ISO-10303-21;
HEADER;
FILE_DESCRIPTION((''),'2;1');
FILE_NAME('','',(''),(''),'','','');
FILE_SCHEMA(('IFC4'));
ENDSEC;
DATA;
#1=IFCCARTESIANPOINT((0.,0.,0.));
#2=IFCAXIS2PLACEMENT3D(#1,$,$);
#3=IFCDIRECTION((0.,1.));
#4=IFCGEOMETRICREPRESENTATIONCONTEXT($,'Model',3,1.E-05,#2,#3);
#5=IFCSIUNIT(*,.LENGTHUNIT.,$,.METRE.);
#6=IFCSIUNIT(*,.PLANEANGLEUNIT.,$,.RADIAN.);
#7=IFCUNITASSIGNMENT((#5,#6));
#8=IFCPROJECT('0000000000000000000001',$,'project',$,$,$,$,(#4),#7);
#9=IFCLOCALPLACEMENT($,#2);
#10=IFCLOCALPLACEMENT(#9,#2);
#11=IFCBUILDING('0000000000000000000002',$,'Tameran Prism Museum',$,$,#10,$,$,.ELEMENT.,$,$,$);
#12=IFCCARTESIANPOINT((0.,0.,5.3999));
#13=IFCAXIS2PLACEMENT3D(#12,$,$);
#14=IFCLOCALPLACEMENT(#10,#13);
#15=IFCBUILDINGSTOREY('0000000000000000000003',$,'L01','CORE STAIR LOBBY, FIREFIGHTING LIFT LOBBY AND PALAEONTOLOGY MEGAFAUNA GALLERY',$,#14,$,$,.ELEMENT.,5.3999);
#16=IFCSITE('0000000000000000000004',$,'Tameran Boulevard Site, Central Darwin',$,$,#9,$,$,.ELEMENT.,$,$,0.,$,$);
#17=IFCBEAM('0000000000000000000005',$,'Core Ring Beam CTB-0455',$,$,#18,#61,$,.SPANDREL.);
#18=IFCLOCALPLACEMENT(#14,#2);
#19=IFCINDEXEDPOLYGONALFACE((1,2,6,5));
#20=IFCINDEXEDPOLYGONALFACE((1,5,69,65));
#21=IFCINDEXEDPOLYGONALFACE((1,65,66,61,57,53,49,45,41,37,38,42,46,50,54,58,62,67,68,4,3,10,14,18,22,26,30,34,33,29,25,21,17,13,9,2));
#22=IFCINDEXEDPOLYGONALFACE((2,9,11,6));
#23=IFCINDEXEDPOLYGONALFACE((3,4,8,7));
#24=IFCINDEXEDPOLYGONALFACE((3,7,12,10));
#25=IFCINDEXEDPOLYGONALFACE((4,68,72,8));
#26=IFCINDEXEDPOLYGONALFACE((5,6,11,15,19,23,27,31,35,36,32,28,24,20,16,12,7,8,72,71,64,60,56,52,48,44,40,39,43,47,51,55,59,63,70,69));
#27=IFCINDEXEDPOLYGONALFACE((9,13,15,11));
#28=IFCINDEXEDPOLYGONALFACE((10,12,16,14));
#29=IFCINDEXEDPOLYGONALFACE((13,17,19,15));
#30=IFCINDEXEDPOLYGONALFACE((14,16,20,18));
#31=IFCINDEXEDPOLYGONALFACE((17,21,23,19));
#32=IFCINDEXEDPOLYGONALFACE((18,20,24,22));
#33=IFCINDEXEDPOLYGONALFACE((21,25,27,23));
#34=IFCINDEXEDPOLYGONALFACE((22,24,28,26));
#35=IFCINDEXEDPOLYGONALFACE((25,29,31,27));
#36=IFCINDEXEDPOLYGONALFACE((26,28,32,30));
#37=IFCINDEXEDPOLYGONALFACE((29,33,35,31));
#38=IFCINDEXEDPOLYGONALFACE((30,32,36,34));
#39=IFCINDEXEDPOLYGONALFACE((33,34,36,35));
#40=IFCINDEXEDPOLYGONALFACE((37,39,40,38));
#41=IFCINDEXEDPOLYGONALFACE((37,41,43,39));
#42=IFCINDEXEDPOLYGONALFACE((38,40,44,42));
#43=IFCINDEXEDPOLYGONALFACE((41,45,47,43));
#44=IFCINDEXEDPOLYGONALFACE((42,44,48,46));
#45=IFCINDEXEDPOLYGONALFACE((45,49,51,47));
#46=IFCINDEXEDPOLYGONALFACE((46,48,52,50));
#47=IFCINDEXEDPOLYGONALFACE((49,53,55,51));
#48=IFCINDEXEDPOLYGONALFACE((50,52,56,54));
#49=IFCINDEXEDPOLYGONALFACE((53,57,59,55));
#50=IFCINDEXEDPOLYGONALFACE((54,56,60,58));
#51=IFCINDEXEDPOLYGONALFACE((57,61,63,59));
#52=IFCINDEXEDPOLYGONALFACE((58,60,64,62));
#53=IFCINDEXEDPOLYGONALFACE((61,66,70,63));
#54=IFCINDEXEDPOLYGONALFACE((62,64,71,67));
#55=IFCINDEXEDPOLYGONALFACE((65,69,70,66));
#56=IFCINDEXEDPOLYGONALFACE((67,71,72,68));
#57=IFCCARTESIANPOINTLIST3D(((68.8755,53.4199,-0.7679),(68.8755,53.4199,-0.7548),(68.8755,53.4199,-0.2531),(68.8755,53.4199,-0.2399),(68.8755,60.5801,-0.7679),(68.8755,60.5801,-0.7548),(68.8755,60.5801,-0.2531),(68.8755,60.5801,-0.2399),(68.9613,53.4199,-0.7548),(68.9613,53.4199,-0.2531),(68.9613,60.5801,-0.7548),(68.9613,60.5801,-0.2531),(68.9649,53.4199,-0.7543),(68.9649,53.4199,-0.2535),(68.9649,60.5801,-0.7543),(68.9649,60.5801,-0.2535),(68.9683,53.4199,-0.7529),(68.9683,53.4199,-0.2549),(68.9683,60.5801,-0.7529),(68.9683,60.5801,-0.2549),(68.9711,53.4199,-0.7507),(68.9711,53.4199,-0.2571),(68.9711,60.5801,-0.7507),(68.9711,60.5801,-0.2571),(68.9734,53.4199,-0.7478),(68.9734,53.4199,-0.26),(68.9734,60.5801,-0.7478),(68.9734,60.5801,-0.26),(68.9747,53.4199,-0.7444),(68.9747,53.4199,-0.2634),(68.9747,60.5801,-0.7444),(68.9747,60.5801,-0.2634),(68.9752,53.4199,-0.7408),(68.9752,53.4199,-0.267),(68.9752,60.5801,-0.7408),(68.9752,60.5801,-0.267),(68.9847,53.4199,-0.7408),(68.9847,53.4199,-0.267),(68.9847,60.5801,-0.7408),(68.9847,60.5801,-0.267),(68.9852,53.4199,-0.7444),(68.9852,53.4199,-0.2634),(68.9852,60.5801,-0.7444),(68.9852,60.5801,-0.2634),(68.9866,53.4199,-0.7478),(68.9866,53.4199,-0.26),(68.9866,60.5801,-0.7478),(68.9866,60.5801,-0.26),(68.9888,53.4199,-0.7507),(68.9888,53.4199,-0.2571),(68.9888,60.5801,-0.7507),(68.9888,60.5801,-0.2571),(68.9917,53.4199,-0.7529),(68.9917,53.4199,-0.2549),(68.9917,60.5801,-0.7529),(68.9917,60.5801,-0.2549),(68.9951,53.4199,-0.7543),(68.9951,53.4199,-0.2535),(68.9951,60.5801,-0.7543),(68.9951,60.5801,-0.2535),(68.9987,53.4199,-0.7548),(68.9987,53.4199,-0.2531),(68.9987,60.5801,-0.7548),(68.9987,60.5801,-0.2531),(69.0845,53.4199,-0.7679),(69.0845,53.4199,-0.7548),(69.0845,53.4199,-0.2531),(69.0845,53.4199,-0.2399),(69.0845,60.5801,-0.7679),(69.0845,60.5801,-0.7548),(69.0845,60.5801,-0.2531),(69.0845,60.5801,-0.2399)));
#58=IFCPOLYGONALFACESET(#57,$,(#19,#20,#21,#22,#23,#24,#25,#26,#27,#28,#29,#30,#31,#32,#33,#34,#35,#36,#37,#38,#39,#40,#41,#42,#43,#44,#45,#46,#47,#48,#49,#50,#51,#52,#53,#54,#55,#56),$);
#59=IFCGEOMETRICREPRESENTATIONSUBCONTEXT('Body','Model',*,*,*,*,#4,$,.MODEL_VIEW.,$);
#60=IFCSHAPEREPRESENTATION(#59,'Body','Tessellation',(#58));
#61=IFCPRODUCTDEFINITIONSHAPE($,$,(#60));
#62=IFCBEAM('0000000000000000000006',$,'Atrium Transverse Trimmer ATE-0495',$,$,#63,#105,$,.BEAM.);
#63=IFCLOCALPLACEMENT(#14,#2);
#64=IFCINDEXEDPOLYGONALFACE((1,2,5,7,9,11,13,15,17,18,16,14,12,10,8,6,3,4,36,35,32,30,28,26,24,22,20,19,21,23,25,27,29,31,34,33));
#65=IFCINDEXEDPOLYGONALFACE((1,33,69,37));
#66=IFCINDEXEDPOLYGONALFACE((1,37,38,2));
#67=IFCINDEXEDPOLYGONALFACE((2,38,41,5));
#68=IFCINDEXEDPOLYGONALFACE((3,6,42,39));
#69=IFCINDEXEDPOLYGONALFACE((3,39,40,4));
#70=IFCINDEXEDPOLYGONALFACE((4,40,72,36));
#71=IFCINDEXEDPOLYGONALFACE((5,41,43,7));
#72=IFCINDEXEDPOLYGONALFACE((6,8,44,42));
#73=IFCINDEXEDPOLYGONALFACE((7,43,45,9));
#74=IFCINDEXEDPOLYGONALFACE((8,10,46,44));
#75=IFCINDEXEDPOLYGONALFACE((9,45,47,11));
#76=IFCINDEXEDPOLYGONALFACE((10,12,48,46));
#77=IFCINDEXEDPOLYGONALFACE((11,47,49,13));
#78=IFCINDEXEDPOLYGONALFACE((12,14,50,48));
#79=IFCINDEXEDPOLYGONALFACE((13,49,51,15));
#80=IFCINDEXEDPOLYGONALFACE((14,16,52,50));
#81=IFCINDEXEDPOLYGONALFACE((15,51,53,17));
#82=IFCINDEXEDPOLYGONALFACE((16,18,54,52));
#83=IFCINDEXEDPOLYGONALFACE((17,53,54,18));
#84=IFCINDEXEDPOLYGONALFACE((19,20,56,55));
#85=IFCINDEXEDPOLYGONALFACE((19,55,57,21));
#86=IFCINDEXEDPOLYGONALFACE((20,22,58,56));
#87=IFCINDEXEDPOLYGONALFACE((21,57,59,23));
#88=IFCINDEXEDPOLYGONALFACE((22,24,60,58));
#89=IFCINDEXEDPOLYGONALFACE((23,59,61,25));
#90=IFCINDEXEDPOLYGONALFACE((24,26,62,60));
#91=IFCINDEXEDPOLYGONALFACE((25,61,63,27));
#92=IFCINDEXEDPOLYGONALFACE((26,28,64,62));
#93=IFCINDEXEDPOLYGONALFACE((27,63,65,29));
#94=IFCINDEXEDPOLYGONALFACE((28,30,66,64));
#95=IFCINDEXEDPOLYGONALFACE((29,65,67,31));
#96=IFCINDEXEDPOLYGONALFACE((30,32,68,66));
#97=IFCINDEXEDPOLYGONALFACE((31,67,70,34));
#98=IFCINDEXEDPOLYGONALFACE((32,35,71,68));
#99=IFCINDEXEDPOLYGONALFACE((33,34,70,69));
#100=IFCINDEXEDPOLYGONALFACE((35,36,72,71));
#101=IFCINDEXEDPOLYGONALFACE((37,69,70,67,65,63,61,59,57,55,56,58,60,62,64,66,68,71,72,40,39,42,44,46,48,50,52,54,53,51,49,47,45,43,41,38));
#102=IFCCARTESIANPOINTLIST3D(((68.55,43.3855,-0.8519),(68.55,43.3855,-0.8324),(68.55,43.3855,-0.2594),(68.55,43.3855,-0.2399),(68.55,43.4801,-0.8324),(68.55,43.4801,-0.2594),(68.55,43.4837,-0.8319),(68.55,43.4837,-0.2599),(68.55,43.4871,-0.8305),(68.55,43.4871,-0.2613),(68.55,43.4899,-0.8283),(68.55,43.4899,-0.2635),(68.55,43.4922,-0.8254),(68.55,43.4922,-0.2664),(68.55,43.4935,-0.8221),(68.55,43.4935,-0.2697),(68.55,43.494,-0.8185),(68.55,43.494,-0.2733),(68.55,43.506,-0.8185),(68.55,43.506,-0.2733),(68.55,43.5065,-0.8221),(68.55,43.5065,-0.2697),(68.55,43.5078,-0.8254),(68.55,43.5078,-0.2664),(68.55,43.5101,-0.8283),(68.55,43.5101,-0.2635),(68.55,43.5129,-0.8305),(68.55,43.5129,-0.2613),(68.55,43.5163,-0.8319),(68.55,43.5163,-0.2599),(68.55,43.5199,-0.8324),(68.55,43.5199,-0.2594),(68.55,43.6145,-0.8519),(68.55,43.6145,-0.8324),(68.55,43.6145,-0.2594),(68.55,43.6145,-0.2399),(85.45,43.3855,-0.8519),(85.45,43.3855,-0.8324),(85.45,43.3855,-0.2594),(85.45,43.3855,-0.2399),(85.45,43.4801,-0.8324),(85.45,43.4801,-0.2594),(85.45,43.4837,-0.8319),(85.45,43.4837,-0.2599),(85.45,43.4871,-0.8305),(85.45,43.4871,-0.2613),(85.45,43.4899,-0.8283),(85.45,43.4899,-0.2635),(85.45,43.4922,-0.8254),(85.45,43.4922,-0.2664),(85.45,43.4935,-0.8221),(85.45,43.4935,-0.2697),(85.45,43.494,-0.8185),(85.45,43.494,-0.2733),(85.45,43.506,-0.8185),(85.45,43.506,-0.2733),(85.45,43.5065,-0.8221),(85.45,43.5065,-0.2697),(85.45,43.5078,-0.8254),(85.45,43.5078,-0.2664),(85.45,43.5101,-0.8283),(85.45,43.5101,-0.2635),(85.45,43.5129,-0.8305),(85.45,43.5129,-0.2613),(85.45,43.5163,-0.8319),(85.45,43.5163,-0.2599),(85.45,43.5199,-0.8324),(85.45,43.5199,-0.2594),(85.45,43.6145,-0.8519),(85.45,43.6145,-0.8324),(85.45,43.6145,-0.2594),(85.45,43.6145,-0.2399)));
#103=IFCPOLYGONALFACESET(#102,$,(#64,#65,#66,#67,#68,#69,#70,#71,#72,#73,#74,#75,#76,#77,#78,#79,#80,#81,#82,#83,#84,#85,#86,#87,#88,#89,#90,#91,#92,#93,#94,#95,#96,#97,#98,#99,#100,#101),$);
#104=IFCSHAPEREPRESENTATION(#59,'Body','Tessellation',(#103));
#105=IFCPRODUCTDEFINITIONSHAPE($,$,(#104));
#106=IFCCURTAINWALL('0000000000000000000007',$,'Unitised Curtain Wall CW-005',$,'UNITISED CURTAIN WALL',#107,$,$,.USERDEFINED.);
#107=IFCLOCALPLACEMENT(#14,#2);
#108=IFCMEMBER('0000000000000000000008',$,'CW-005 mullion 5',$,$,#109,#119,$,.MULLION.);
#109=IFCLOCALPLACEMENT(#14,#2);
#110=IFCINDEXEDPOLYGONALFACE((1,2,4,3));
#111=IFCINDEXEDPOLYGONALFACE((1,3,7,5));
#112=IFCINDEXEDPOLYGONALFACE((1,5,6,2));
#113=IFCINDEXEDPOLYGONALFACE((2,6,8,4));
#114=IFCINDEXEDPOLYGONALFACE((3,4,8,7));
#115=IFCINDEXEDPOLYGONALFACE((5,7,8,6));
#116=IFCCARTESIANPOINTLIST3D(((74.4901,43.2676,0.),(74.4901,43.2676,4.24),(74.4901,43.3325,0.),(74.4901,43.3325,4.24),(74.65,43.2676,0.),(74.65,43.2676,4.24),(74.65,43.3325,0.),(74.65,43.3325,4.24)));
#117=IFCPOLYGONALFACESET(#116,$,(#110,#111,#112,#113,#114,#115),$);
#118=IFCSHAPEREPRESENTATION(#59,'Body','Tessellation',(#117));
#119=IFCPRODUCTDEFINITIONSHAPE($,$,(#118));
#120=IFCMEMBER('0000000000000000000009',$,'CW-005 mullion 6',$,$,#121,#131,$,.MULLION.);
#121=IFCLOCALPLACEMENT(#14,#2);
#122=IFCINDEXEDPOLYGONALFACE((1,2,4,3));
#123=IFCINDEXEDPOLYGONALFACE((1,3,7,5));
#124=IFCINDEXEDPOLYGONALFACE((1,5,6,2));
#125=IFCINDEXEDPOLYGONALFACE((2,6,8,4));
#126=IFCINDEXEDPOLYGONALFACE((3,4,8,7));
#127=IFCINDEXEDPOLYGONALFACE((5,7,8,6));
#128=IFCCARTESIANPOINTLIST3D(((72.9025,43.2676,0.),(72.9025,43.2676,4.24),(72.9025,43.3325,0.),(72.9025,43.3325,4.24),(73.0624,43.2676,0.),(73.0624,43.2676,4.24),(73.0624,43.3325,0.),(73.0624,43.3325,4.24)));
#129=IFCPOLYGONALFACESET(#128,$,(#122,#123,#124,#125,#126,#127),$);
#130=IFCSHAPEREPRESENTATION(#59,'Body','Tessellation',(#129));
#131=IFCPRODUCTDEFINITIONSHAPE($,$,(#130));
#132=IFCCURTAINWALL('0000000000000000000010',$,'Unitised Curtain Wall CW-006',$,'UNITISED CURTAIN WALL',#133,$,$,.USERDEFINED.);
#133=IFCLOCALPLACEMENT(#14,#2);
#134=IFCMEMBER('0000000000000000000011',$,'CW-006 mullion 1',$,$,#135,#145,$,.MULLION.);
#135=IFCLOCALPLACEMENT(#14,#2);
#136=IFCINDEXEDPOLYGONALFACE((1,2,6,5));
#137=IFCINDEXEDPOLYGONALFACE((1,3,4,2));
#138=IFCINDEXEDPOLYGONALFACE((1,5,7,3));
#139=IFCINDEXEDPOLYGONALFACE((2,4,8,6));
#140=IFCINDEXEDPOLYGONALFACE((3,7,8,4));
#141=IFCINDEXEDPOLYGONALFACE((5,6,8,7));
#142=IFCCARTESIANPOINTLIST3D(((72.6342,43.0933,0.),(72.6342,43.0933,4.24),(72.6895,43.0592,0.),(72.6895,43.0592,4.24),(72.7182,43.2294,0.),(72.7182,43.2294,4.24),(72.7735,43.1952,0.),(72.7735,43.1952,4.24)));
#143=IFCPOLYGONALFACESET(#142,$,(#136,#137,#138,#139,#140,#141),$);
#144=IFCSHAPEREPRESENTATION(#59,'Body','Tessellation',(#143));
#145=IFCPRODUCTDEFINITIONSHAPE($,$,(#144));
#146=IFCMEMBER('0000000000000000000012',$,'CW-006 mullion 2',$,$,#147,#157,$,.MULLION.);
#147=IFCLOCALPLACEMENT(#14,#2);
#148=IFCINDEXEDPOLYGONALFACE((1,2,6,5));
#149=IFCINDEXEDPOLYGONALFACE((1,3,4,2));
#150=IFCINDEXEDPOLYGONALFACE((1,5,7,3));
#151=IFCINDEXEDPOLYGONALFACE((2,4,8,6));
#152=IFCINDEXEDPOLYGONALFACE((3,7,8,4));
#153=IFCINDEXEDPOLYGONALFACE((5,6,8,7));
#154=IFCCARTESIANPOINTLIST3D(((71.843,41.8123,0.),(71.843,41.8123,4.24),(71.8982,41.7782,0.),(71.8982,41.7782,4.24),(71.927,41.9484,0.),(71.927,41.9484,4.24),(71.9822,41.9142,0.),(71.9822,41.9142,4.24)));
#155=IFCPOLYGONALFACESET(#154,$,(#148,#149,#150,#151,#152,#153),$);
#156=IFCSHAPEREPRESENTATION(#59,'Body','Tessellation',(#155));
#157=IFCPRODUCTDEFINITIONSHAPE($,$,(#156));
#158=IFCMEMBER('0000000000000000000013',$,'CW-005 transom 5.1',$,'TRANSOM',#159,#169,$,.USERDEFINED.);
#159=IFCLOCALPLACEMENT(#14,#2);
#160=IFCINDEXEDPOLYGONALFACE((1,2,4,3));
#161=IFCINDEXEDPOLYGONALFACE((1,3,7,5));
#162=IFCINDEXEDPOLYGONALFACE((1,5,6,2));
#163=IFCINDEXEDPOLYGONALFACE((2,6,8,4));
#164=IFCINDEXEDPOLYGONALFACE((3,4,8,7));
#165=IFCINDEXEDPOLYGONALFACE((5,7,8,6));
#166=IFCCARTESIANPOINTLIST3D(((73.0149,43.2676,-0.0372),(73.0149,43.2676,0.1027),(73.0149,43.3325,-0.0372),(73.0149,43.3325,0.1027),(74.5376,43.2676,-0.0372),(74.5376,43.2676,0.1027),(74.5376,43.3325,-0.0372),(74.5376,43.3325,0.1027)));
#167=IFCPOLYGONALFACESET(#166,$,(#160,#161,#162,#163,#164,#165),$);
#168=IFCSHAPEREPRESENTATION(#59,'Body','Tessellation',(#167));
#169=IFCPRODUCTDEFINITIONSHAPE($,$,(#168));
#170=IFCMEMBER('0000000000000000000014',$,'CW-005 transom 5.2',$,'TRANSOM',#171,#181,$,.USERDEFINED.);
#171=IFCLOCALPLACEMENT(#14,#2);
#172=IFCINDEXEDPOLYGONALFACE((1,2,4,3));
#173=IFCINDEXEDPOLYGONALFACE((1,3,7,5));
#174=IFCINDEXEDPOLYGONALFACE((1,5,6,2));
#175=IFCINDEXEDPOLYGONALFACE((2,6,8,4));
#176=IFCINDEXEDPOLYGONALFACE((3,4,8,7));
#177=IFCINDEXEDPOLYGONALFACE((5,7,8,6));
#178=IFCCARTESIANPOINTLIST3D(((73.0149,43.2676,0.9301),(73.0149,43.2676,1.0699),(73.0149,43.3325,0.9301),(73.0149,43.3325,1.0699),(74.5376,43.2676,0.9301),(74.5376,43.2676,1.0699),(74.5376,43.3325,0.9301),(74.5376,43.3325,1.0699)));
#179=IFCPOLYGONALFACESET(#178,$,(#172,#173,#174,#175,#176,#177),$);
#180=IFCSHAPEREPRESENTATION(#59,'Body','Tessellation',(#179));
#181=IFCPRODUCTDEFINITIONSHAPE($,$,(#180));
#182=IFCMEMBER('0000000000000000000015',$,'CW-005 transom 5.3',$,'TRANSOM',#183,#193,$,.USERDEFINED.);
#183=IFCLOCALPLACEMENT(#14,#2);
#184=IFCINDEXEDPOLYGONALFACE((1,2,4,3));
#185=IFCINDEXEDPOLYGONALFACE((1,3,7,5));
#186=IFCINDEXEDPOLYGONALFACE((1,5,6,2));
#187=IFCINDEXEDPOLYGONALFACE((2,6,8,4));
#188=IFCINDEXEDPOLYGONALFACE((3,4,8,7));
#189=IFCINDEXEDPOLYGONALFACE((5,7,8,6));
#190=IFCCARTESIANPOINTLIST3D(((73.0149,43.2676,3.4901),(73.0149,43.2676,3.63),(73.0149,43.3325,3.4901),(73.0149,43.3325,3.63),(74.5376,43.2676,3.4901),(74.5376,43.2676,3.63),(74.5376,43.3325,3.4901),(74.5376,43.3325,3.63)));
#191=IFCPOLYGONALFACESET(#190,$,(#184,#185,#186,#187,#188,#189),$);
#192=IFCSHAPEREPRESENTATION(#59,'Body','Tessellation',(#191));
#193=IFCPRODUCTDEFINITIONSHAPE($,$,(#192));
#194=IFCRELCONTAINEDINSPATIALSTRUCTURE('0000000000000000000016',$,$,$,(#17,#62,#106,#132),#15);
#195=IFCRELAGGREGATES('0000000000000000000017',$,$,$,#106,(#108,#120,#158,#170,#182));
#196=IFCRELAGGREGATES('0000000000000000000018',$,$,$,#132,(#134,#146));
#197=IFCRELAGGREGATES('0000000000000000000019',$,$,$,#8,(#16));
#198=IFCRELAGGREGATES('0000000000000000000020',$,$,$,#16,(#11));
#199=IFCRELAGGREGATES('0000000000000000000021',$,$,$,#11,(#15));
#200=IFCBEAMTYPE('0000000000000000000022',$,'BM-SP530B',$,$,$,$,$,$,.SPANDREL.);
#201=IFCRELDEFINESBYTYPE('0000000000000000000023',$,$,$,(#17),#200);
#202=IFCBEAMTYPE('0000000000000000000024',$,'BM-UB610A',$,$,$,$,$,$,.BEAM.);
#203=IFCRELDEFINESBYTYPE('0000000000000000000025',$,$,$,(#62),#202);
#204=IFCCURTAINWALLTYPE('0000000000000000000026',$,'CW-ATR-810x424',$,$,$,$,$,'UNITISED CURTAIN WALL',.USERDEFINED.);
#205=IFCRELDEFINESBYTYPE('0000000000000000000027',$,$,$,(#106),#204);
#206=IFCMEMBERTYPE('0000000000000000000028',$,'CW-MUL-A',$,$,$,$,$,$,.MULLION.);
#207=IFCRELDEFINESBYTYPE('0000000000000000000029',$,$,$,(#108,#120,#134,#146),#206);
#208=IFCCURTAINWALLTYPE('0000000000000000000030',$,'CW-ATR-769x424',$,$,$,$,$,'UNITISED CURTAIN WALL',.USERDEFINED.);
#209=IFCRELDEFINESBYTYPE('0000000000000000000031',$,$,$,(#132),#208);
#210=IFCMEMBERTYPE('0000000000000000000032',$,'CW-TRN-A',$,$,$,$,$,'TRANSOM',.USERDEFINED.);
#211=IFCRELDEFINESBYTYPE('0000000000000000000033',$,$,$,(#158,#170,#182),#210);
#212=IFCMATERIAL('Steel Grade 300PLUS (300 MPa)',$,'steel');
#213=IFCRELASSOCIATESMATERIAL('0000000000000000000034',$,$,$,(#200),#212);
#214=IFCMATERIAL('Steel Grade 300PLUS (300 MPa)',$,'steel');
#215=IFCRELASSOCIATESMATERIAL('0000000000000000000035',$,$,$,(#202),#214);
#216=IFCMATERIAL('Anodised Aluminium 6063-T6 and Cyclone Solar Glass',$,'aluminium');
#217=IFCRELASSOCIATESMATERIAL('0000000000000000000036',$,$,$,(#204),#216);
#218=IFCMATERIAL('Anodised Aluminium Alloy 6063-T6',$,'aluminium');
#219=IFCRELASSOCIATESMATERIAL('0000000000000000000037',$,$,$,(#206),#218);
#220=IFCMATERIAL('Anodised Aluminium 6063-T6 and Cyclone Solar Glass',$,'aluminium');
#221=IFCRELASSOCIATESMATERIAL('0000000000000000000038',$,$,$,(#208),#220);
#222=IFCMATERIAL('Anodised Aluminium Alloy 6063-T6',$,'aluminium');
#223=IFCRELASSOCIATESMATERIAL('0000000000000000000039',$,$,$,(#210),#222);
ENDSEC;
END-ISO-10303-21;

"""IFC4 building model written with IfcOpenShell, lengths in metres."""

from ifc_helpers import new_model, si_unit, direction, frame, origin, origin_2d, place, context, subcontext, project, spatial, rectangle, i_section, extrude, material, material_profile, profile_set, type_object, element, aggregate, save


model = new_model("IFC4")

# Units and contexts
model_context = context("Model", 3, precision=1e-05, world=origin(), true_north=direction((0.0, 1.0)))
body_context = subcontext(model_context, "Body", "Model", "MODEL_VIEW")
ifc_project = project(units=[si_unit("LENGTHUNIT", "METRE"), si_unit("PLANEANGLEUNIT", "RADIAN")], contexts=[model_context])

# Site, building, storey
site_placement = place(None, origin())
site = spatial("IfcSite", under=ifc_project, at=site_placement, Name="Tameran Boulevard Site, Central Darwin", CompositionType="ELEMENT", RefElevation=0.0)
building_placement = place(site_placement, origin())
building = spatial("IfcBuilding", under=site, at=building_placement, Name="Tameran Prism Museum", CompositionType="ELEMENT")
storey_placement = place(building_placement, frame((0.0, 0.0, 5.3999)))
storey = spatial("IfcBuildingStorey", under=building, at=storey_placement, Name="L01", Description="CORE STAIR LOBBY, FIREFIGHTING LIFT LOBBY AND PALAEONTOLOGY MEGAFAUNA GALLERY", CompositionType="ELEMENT", Elevation=5.3999)

# Beams
ifc_material_1 = material(Name="Steel Grade 300PLUS (300 MPa)", Category="steel")
ifc_material_profile_1 = material_profile(ifc_material_1, i_section(OverallWidth=0.209, OverallDepth=0.5281, WebThickness=0.0095, FlangeThickness=0.0132, FilletRadius=0.0139, at=origin_2d()))
ifc_profile_set_1 = profile_set([ifc_material_profile_1])
beam_type_1 = type_object("IfcBeamType", Name="BM-SP530B", PredefinedType="SPANDREL", material=ifc_profile_set_1)
beam_1_placement = place(storey_placement, frame((68.98, 53.4199, -0.5039), z_axis=(0.0, 1.0, 0.0), x_axis=(-1.0, 0.0, 0.0)))
element("IfcBeam", 1, at=beam_1_placement, inside=storey, type_object=beam_type_1, Name="Core Ring Beam CTB-0455", PredefinedType="SPANDREL", context=body_context, shape_type="SweptSolid", body=[
    extrude(i_section(OverallWidth=0.209, OverallDepth=0.5281, WebThickness=0.0095, FlangeThickness=0.0132, FilletRadius=0.0139, at=origin_2d()), origin(), (0.0, 0.0, 1.0), 7.1602),
])
ifc_material_2 = material(Name="Steel Grade 300PLUS (300 MPa)", Category="steel")
ifc_material_profile_2 = material_profile(ifc_material_2, i_section(OverallWidth=0.229, OverallDepth=0.6121, WebThickness=0.012, FlangeThickness=0.0195, FilletRadius=0.0139, at=origin_2d()))
ifc_profile_set_2 = profile_set([ifc_material_profile_2])
beam_type_2 = type_object("IfcBeamType", Name="BM-UB610A", PredefinedType="BEAM", material=ifc_profile_set_2)
beam_2_placement = place(storey_placement, frame((68.55, 43.5, -0.5459), z_axis=(1.0, 0.0, 0.0), x_axis=(0.0, 1.0, 0.0)))
element("IfcBeam", 2, at=beam_2_placement, inside=storey, type_object=beam_type_2, Name="Atrium Transverse Trimmer ATE-0495", PredefinedType="BEAM", context=body_context, shape_type="SweptSolid", body=[
    extrude(i_section(OverallWidth=0.229, OverallDepth=0.6121, WebThickness=0.012, FlangeThickness=0.0195, FilletRadius=0.0139, at=origin_2d()), origin(), (0.0, 0.0, 1.0), 16.8999),
])

# Curtain walls, members
ifc_material_3 = material(Name="Anodised Aluminium 6063-T6 and Cyclone Solar Glass", Category="aluminium")
curtain_wall_type_1 = type_object("IfcCurtainWallType", Name="CW-ATR-810x424", ElementType="UNITISED CURTAIN WALL", PredefinedType="USERDEFINED", material=ifc_material_3)
curtain_wall_1_placement = place(storey_placement, origin())
curtain_wall_1 = element("IfcCurtainWall", 3, at=curtain_wall_1_placement, inside=storey, type_object=curtain_wall_type_1, Name="Unitised Curtain Wall CW-005", ObjectType="UNITISED CURTAIN WALL", PredefinedType="USERDEFINED")
ifc_material_4 = material(Name="Anodised Aluminium Alloy 6063-T6", Category="aluminium")
ifc_material_profile_3 = material_profile(ifc_material_4, rectangle(XDim=0.0649, YDim=0.1599, at=origin_2d()))
ifc_profile_set_3 = profile_set([ifc_material_profile_3])
member_type_1 = type_object("IfcMemberType", Name="CW-MUL-A", PredefinedType="MULLION", material=ifc_profile_set_3)
member_1_placement = place(storey_placement, frame((74.5701, 43.3, 0.0), z_axis=(0.0, 0.0, 1.0), x_axis=(0.0, -1.0, 0.0)))
member_1 = element("IfcMember", 4, at=member_1_placement, type_object=member_type_1, Name="CW-005 mullion 5", PredefinedType="MULLION", context=body_context, shape_type="SweptSolid", body=[
    extrude(rectangle(XDim=0.0649, YDim=0.1599, at=origin_2d()), origin(), (0.0, 0.0, 1.0), 4.24),
])
member_2_placement = place(storey_placement, frame((72.9824, 43.3, 0.0), z_axis=(0.0, 0.0, 1.0), x_axis=(0.0, -1.0, 0.0)))
member_2 = element("IfcMember", 5, at=member_2_placement, type_object=member_type_1, Name="CW-005 mullion 6", PredefinedType="MULLION", context=body_context, shape_type="SweptSolid", body=[
    extrude(rectangle(XDim=0.0649, YDim=0.1599, at=origin_2d()), origin(), (0.0, 0.0, 1.0), 4.24),
])
ifc_material_5 = material(Name="Anodised Aluminium 6063-T6 and Cyclone Solar Glass", Category="aluminium")
curtain_wall_type_2 = type_object("IfcCurtainWallType", Name="CW-ATR-769x424", ElementType="UNITISED CURTAIN WALL", PredefinedType="USERDEFINED", material=ifc_material_5)
curtain_wall_2_placement = place(storey_placement, origin())
curtain_wall_2 = element("IfcCurtainWall", 6, at=curtain_wall_2_placement, inside=storey, type_object=curtain_wall_type_2, Name="Unitised Curtain Wall CW-006", ObjectType="UNITISED CURTAIN WALL", PredefinedType="USERDEFINED")
member_3_placement = place(storey_placement, frame((72.7039, 43.1443, 0.0), z_axis=(0.0, 0.0, 1.0), x_axis=(0.850791, -0.525504, 0.0)))
member_3 = element("IfcMember", 7, at=member_3_placement, type_object=member_type_1, Name="CW-006 mullion 1", PredefinedType="MULLION", context=body_context, shape_type="SweptSolid", body=[
    extrude(rectangle(XDim=0.0649, YDim=0.1599, at=origin_2d()), origin(), (0.0, 0.0, 1.0), 4.24),
])
member_4_placement = place(storey_placement, frame((71.9126, 41.8633, 0.0), z_axis=(0.0, 0.0, 1.0), x_axis=(0.850791, -0.525504, 0.0)))
member_4 = element("IfcMember", 8, at=member_4_placement, type_object=member_type_1, Name="CW-006 mullion 2", PredefinedType="MULLION", context=body_context, shape_type="SweptSolid", body=[
    extrude(rectangle(XDim=0.0649, YDim=0.1599, at=origin_2d()), origin(), (0.0, 0.0, 1.0), 4.24),
])

# Members
ifc_material_6 = material(Name="Anodised Aluminium Alloy 6063-T6", Category="aluminium")
ifc_material_profile_4 = material_profile(ifc_material_6, rectangle(XDim=0.0649, YDim=0.1399, at=origin_2d()))
ifc_profile_set_4 = profile_set([ifc_material_profile_4])
member_type_2 = type_object("IfcMemberType", Name="CW-TRN-A", ElementType="TRANSOM", PredefinedType="USERDEFINED", material=ifc_profile_set_4)
member_5_placement = place(storey_placement, frame((74.5376, 43.3, 0.0327), z_axis=(-1.0, 0.0, 0.0), x_axis=(0.0, -1.0, 0.0)))
member_5 = element("IfcMember", 9, at=member_5_placement, type_object=member_type_2, Name="CW-005 transom 5.1", ObjectType="TRANSOM", PredefinedType="USERDEFINED", context=body_context, shape_type="SweptSolid", body=[
    extrude(rectangle(XDim=0.0649, YDim=0.1399, at=origin_2d()), origin(), (0.0, 0.0, 1.0), 1.5227),
])
member_6_placement = place(storey_placement, frame((74.5376, 43.3, 1.0), z_axis=(-1.0, 0.0, 0.0), x_axis=(0.0, -1.0, 0.0)))
member_6 = element("IfcMember", 10, at=member_6_placement, type_object=member_type_2, Name="CW-005 transom 5.2", ObjectType="TRANSOM", PredefinedType="USERDEFINED", context=body_context, shape_type="SweptSolid", body=[
    extrude(rectangle(XDim=0.0649, YDim=0.1399, at=origin_2d()), origin(), (0.0, 0.0, 1.0), 1.5227),
])
member_7_placement = place(storey_placement, frame((74.5376, 43.3, 3.5601), z_axis=(-1.0, 0.0, 0.0), x_axis=(0.0, -1.0, 0.0)))
member_7 = element("IfcMember", 11, at=member_7_placement, type_object=member_type_2, Name="CW-005 transom 5.3", ObjectType="TRANSOM", PredefinedType="USERDEFINED", context=body_context, shape_type="SweptSolid", body=[
    extrude(rectangle(XDim=0.0649, YDim=0.1399, at=origin_2d()), origin(), (0.0, 0.0, 1.0), 1.5227),
])

aggregate(curtain_wall_1, [member_1, member_2, member_5, member_6, member_7])
aggregate(curtain_wall_2, [member_3, member_4])

save(model, "model.ifc")
